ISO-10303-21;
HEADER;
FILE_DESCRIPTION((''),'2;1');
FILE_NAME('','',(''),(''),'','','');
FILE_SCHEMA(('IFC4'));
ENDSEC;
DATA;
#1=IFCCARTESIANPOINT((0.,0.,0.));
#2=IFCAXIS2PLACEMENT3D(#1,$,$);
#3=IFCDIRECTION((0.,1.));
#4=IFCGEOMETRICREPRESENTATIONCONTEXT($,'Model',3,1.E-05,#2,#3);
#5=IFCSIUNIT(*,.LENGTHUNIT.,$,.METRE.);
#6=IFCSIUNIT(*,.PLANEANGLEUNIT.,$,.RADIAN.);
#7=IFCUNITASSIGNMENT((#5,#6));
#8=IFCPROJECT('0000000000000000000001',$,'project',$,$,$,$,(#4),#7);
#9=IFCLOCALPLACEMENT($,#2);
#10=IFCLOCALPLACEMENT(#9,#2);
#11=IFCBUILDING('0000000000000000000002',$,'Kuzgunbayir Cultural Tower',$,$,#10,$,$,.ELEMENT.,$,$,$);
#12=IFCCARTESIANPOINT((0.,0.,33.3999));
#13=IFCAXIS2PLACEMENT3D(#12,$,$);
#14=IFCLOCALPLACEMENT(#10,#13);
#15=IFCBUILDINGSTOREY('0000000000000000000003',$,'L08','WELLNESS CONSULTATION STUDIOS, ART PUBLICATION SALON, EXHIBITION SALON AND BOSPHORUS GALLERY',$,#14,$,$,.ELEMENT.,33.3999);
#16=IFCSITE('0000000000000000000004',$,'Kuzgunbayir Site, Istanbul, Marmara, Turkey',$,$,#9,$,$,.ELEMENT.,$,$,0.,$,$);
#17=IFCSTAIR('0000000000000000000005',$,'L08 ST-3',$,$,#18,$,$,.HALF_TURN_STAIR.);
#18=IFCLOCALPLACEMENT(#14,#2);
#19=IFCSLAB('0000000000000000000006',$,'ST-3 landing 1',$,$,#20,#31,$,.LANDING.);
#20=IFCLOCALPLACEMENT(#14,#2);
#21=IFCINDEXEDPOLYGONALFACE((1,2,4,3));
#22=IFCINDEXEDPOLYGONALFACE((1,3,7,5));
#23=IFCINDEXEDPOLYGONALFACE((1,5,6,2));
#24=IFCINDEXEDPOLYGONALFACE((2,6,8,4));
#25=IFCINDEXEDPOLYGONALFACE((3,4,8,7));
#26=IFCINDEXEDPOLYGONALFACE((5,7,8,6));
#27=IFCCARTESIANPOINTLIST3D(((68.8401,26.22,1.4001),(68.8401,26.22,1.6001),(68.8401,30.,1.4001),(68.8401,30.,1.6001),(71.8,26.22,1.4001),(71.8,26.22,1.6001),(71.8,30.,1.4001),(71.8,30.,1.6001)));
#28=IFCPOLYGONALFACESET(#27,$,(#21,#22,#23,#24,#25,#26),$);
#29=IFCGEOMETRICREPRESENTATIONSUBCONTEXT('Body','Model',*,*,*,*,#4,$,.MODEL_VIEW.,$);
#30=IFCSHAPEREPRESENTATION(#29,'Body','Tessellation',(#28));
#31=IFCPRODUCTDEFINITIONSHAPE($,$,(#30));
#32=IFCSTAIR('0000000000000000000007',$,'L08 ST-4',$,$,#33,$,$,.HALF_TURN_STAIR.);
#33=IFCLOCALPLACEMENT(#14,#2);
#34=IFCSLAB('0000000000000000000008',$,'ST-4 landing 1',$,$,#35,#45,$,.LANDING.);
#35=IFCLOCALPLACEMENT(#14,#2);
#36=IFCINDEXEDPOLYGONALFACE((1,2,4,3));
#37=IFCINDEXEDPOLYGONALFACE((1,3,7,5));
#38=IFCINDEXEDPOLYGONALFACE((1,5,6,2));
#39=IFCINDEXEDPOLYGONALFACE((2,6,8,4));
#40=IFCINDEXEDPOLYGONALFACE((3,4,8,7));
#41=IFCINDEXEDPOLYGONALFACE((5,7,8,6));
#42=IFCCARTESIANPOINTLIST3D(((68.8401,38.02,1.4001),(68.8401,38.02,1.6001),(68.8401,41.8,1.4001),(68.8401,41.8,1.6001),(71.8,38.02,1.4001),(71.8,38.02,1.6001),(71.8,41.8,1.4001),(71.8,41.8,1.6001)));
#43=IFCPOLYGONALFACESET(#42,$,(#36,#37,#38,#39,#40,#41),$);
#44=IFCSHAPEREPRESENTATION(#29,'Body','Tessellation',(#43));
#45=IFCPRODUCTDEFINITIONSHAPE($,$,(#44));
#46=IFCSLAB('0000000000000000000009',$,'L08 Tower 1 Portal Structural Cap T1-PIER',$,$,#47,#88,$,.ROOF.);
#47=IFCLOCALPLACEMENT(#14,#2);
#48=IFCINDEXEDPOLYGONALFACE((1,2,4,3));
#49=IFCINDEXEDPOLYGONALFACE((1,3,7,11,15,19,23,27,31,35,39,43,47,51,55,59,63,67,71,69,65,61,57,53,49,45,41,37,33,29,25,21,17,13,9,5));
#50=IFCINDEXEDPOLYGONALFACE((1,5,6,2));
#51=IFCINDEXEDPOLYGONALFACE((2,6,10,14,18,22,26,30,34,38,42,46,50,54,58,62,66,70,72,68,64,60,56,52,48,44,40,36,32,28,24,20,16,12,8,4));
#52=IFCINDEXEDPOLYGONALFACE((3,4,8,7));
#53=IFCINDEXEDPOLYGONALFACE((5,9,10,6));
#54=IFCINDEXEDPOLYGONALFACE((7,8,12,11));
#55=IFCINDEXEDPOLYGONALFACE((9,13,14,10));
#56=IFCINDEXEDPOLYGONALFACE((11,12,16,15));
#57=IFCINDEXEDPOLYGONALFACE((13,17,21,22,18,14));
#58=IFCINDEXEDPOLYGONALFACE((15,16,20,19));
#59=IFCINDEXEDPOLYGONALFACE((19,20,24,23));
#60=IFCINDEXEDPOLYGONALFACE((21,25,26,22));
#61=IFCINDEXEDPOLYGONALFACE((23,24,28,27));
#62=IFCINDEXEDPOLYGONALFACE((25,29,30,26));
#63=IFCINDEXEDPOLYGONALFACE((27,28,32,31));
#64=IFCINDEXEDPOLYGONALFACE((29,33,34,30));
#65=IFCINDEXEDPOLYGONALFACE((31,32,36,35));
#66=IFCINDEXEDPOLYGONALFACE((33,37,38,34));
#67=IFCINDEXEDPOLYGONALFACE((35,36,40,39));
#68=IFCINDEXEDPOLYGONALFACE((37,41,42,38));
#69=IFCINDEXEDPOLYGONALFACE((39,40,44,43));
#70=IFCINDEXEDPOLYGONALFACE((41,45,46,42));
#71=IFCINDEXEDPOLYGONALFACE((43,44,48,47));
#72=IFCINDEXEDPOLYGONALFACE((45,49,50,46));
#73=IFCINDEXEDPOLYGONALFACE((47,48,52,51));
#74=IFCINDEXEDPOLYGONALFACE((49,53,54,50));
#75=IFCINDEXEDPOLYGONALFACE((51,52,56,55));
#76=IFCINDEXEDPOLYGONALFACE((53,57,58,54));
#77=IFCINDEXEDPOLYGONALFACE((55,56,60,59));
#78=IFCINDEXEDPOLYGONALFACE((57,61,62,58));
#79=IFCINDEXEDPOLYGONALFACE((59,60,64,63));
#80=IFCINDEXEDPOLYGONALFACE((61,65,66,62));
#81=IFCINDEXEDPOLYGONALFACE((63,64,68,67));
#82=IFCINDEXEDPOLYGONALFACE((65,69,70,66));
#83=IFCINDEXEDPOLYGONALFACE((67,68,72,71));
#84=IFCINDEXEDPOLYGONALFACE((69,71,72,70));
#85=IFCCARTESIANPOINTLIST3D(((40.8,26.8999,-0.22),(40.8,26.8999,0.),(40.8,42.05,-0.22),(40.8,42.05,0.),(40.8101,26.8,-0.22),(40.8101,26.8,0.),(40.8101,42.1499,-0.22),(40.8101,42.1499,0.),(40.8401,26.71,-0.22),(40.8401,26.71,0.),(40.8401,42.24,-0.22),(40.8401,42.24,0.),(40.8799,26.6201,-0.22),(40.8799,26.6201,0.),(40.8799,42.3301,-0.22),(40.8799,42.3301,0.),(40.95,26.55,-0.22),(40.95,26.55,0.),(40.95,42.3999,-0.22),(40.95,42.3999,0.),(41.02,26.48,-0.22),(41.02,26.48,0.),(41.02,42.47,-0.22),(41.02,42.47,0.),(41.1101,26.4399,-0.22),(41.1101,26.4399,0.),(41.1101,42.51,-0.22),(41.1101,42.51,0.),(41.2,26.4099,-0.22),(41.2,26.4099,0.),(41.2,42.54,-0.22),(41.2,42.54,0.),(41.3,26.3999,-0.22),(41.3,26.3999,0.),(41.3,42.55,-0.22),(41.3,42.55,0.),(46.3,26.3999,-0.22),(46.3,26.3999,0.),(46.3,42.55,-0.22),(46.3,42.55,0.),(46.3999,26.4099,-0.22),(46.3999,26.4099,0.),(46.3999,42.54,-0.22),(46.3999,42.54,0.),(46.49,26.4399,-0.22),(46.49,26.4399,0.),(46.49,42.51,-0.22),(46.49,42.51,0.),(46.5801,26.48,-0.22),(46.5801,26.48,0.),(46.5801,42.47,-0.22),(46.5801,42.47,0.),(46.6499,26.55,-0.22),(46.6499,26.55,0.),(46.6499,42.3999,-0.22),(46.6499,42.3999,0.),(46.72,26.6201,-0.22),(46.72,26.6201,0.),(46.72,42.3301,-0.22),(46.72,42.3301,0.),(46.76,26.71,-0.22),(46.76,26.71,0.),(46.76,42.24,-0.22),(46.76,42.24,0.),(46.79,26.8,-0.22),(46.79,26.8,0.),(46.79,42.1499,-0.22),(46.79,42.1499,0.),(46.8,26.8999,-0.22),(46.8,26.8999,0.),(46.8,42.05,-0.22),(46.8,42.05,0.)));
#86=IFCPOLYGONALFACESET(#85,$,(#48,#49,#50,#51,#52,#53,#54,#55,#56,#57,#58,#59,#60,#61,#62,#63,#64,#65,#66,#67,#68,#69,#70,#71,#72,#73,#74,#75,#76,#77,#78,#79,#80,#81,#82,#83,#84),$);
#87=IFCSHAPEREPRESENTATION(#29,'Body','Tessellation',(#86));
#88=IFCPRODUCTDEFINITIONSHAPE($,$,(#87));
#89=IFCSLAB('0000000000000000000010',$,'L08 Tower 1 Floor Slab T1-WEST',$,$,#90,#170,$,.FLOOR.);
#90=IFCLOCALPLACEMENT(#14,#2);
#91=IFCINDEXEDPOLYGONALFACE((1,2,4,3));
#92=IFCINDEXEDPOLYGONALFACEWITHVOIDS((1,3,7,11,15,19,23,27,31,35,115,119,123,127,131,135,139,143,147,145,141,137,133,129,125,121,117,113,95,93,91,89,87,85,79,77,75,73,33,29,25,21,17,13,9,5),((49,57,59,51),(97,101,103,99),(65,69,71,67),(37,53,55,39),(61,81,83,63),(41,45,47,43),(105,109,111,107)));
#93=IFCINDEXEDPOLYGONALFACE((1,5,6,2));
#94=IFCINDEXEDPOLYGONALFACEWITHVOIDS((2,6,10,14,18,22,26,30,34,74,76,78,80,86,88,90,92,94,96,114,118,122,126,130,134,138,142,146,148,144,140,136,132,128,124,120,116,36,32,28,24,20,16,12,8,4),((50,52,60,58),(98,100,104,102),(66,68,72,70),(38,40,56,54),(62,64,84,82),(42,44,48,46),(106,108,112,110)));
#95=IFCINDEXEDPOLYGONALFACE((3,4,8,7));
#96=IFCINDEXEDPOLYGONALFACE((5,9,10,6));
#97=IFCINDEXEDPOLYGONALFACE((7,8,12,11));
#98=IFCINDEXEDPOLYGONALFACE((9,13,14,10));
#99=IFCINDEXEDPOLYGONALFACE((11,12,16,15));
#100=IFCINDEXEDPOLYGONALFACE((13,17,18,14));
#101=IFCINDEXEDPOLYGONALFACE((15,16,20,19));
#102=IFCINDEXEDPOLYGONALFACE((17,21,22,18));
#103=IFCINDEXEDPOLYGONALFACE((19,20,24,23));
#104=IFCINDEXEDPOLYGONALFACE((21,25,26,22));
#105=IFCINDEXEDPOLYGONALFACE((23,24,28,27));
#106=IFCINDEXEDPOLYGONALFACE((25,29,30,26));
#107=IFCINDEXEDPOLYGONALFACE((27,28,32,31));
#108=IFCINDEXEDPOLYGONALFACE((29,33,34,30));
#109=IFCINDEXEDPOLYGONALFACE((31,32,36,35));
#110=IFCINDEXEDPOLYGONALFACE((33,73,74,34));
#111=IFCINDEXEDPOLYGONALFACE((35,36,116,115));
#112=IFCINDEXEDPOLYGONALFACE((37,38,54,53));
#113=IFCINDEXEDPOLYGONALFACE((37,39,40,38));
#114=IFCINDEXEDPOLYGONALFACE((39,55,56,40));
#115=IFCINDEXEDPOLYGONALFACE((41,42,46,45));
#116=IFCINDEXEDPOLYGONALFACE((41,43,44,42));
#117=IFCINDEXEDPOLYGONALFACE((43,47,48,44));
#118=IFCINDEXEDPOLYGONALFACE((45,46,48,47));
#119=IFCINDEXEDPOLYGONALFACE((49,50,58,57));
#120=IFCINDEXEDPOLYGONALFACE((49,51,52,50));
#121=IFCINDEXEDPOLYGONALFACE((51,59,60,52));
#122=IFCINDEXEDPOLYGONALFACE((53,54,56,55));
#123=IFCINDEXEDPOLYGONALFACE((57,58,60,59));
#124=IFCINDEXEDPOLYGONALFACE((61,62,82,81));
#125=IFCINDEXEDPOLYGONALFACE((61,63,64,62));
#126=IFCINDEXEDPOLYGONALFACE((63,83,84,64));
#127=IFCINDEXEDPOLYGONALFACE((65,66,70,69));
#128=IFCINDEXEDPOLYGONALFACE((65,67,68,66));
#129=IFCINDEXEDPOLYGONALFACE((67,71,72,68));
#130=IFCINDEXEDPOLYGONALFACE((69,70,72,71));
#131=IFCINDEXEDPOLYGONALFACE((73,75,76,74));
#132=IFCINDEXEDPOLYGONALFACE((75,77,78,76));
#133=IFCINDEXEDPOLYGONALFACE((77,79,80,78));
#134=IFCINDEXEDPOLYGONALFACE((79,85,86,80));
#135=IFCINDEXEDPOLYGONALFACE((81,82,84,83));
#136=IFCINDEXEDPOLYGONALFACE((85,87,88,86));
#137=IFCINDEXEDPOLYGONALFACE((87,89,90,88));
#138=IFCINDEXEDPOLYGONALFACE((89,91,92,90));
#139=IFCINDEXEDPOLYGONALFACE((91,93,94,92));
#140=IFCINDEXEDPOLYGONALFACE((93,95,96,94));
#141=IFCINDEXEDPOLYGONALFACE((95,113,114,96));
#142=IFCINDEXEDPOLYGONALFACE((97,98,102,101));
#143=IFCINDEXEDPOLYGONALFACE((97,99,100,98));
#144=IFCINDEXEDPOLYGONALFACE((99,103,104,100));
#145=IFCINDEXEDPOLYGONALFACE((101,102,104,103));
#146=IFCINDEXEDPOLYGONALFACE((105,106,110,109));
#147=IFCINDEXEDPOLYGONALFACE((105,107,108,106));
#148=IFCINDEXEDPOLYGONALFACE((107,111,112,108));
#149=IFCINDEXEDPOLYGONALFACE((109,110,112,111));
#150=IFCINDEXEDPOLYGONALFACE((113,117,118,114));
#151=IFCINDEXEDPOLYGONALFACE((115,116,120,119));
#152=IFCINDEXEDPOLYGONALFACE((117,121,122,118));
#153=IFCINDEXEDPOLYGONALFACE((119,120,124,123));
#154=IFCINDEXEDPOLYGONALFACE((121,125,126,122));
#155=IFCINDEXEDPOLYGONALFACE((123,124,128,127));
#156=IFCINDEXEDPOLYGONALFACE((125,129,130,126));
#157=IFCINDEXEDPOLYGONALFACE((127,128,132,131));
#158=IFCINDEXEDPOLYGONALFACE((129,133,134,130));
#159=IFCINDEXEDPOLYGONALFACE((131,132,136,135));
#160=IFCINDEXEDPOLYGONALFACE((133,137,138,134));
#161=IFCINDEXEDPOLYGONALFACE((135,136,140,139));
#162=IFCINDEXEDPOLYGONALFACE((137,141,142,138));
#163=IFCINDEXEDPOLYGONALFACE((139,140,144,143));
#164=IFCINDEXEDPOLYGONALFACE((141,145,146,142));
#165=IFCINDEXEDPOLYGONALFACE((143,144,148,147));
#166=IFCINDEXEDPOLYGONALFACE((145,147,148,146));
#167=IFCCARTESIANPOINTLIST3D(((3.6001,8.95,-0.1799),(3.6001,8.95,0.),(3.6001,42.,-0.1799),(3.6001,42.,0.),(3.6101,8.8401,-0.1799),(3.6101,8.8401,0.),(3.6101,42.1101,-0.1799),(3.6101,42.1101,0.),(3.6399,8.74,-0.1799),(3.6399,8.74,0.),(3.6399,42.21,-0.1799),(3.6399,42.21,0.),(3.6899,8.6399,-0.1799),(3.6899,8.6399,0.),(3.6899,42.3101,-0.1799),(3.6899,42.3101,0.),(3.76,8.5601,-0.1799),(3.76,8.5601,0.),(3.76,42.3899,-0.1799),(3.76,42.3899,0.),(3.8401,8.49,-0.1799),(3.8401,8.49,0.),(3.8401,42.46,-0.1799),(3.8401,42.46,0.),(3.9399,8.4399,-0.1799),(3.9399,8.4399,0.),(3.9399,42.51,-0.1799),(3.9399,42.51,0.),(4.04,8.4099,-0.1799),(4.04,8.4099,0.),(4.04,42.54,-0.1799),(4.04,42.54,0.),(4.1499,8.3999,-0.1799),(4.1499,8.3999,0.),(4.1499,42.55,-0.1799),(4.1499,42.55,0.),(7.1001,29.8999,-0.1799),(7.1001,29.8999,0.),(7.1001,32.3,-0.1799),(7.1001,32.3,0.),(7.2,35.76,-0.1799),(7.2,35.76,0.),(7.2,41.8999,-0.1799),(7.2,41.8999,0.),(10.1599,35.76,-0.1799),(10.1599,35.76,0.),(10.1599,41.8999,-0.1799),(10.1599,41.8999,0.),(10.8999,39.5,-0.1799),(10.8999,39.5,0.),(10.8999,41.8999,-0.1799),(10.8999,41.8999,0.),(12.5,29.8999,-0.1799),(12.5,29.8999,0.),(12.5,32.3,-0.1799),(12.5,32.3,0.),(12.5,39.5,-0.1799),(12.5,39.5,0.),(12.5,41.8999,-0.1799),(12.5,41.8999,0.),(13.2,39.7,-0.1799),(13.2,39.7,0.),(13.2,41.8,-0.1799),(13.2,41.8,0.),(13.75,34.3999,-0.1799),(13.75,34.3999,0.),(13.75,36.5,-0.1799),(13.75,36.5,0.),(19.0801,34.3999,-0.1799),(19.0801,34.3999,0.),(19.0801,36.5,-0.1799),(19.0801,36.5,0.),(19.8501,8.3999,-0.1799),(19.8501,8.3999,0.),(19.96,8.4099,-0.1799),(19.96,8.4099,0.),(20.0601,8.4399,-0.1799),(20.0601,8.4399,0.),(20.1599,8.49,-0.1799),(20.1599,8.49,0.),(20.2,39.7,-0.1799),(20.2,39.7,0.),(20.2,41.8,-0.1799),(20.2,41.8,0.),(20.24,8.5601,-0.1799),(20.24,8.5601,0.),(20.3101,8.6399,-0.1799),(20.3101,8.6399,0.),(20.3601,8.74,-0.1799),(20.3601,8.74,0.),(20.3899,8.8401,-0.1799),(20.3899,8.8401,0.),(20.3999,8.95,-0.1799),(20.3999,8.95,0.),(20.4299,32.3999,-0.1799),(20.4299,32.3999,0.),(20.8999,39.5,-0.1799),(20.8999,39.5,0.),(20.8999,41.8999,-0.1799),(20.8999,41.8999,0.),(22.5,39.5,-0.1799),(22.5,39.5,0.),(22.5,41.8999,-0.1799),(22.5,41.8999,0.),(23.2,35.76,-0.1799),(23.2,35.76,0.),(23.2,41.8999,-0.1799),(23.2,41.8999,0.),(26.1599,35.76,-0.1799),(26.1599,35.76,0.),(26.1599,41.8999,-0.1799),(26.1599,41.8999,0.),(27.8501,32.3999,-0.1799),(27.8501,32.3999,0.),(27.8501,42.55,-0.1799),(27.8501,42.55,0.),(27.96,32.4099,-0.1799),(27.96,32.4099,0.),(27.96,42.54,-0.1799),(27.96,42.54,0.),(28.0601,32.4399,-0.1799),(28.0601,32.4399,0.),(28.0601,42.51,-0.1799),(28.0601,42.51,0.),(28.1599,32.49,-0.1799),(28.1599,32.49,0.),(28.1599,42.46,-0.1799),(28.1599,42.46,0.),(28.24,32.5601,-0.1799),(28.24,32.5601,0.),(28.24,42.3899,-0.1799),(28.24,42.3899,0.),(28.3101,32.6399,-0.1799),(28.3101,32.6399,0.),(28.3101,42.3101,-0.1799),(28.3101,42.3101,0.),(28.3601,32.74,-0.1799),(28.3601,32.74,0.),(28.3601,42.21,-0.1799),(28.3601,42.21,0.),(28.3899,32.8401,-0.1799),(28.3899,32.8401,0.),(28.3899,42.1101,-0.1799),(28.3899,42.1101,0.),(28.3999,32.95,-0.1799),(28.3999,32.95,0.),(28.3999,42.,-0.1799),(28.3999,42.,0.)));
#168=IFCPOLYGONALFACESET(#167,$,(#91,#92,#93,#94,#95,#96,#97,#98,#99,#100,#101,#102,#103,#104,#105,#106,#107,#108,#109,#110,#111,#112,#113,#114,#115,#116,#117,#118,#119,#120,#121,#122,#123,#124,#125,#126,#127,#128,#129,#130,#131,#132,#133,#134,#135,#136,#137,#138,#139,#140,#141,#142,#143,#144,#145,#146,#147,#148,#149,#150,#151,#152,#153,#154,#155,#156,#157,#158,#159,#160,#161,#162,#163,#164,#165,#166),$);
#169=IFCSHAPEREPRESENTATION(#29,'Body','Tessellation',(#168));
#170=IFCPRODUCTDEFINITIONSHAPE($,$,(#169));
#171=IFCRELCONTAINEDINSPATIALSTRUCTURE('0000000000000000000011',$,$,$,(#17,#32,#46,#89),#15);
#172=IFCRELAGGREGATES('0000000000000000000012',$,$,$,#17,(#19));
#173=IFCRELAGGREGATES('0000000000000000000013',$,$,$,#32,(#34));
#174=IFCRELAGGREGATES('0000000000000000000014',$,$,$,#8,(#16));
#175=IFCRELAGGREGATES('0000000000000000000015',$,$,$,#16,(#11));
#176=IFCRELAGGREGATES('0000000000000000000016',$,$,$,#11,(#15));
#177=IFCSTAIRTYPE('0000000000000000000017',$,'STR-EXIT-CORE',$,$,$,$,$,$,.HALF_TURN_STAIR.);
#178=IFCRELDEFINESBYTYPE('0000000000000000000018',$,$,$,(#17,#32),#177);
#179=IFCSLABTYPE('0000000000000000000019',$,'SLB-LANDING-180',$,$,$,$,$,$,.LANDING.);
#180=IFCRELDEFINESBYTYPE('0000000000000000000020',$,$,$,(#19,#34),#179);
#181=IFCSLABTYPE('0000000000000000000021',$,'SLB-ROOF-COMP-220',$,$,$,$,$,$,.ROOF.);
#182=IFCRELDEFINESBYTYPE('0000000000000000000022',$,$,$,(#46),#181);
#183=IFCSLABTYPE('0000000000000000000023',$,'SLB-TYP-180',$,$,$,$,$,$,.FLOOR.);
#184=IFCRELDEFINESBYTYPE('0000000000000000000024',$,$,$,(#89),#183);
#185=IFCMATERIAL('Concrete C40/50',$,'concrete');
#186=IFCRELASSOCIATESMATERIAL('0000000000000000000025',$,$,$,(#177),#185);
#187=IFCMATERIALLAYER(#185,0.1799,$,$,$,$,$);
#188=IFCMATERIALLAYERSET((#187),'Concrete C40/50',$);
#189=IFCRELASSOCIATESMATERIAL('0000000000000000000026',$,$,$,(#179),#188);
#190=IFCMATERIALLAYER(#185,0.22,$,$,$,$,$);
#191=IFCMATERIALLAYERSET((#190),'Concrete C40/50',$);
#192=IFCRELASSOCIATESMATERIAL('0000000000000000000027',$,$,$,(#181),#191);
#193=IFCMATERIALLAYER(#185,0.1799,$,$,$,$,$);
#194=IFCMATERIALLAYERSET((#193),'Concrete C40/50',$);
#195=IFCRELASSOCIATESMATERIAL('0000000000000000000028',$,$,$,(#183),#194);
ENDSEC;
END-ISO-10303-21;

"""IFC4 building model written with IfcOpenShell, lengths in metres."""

from ifc_helpers import new_model, si_unit, direction, frame, origin, place, context, subcontext, project, spatial, polyline, outline, extrude, material, layer, layer_set, type_object, element, aggregate, save


model = new_model("IFC4")

# Units and contexts
model_context = context("Model", 3, precision=1e-05, world=origin(), true_north=direction((0.0, 1.0)))
body_context = subcontext(model_context, "Body", "Model", "MODEL_VIEW")
ifc_project = project(units=[si_unit("LENGTHUNIT", "METRE"), si_unit("PLANEANGLEUNIT", "RADIAN")], contexts=[model_context])

# Site, building, storey
site_placement = place(None, origin())
site = spatial("IfcSite", under=ifc_project, at=site_placement, Name="Kuzgunbayir Site, Istanbul, Marmara, Turkey", CompositionType="ELEMENT", RefElevation=0.0)
building_placement = place(site_placement, origin())
building = spatial("IfcBuilding", under=site, at=building_placement, Name="Kuzgunbayir Cultural Tower", CompositionType="ELEMENT")
storey_placement = place(building_placement, frame((0.0, 0.0, 33.3999)))
storey = spatial("IfcBuildingStorey", under=building, at=storey_placement, Name="L08", Description="WELLNESS CONSULTATION STUDIOS, ART PUBLICATION SALON, EXHIBITION SALON AND BOSPHORUS GALLERY", CompositionType="ELEMENT", Elevation=33.3999)

# Stairs, slabs
ifc_material_1 = material(Name="Concrete C40/50", Category="concrete")
stair_type = type_object("IfcStairType", Name="STR-EXIT-CORE", PredefinedType="HALF_TURN_STAIR", material=ifc_material_1)
ifc_layer_1 = layer(ifc_material_1, 0.1799)
ifc_layer_set_1 = layer_set([ifc_layer_1], Name="Concrete C40/50")
slab_type_1 = type_object("IfcSlabType", Name="SLB-LANDING-180", PredefinedType="LANDING", material=ifc_layer_set_1)
stair_1_placement = place(storey_placement, origin())
stair_1 = element("IfcStair", 1, at=stair_1_placement, inside=storey, type_object=stair_type, Name="L08 ST-3", PredefinedType="HALF_TURN_STAIR")
slab_1_placement = place(storey_placement, frame((0.0, 0.0, 1.4001)))
slab_1 = element("IfcSlab", 2, at=slab_1_placement, type_object=slab_type_1, Name="ST-3 landing 1", PredefinedType="LANDING", context=body_context, shape_type="SweptSolid", body=[
    extrude(outline(polyline([(71.8, 26.22), (71.8, 30.0), (68.8401, 30.0), (68.8401, 26.22), (71.8, 26.22)])), origin(), (0.0, 0.0, 1.0), 0.2),
])
aggregate(stair_1, [slab_1])
stair_2_placement = place(storey_placement, origin())
stair_2 = element("IfcStair", 3, at=stair_2_placement, inside=storey, type_object=stair_type, Name="L08 ST-4", PredefinedType="HALF_TURN_STAIR")
slab_2_placement = place(storey_placement, frame((0.0, 0.0, 1.4001)))
slab_2 = element("IfcSlab", 4, at=slab_2_placement, type_object=slab_type_1, Name="ST-4 landing 1", PredefinedType="LANDING", context=body_context, shape_type="SweptSolid", body=[
    extrude(outline(polyline([(71.8, 38.02), (71.8, 41.8), (68.8401, 41.8), (68.8401, 38.02), (71.8, 38.02)])), origin(), (0.0, 0.0, 1.0), 0.2),
])
aggregate(stair_2, [slab_2])

# Slabs
ifc_layer_2 = layer(ifc_material_1, 0.22)
ifc_layer_set_2 = layer_set([ifc_layer_2], Name="Concrete C40/50")
slab_type_2 = type_object("IfcSlabType", Name="SLB-ROOF-COMP-220", PredefinedType="ROOF", material=ifc_layer_set_2)
slab_3_placement = place(storey_placement, frame((0.0, 0.0, -0.22)))
element("IfcSlab", 5, at=slab_3_placement, inside=storey, type_object=slab_type_2, Name="L08 Tower 1 Portal Structural Cap T1-PIER", PredefinedType="ROOF", context=body_context, shape_type="SweptSolid", body=[
    extrude(outline(polyline([(46.3, 26.3999), (46.3999, 26.4099), (46.49, 26.4399), (46.5801, 26.48), (46.6499, 26.55), (46.72, 26.6201), (46.76, 26.71), (46.79, 26.8), (46.8, 26.8999), (46.8, 42.05), (46.79, 42.1499), (46.76, 42.24), (46.72, 42.3301), (46.6499, 42.3999), (46.5801, 42.47), (46.49, 42.51), (46.3999, 42.54), (46.3, 42.55), (41.3, 42.55), (41.2, 42.54), (41.1101, 42.51), (41.02, 42.47), (40.95, 42.3999), (40.8799, 42.3301), (40.8401, 42.24), (40.8101, 42.1499), (40.8, 42.05), (40.8, 26.8999), (40.8101, 26.8), (40.8401, 26.71), (40.8799, 26.6201), (40.95, 26.55), (41.02, 26.48), (41.1101, 26.4399), (41.2, 26.4099), (41.3, 26.3999), (46.3, 26.3999)])), origin(), (0.0, 0.0, 1.0), 0.22),
])
ifc_layer_3 = layer(ifc_material_1, 0.1799)
ifc_layer_set_3 = layer_set([ifc_layer_3], Name="Concrete C40/50")
slab_type_3 = type_object("IfcSlabType", Name="SLB-TYP-180", PredefinedType="FLOOR", material=ifc_layer_set_3)
slab_4_placement = place(storey_placement, frame((0.0, 0.0, -0.1799)))
element("IfcSlab", 6, at=slab_4_placement, inside=storey, type_object=slab_type_3, Name="L08 Tower 1 Floor Slab T1-WEST", PredefinedType="FLOOR", context=body_context, shape_type="SweptSolid", body=[
    extrude(outline(polyline([(20.3999, 8.95), (20.3899, 8.8401), (20.3601, 8.74), (20.3101, 8.6399), (20.24, 8.5601), (20.1599, 8.49), (20.0601, 8.4399), (19.96, 8.4099), (19.8501, 8.3999), (4.1499, 8.3999), (4.04, 8.4099), (3.9399, 8.4399), (3.8401, 8.49), (3.76, 8.5601), (3.6899, 8.6399), (3.6399, 8.74), (3.6101, 8.8401), (3.6001, 8.95), (3.6001, 42.0), (3.6101, 42.1101), (3.6399, 42.21), (3.6899, 42.3101), (3.76, 42.3899), (3.8401, 42.46), (3.9399, 42.51), (4.04, 42.54), (4.1499, 42.55), (27.8501, 42.55), (27.96, 42.54), (28.0601, 42.51), (28.1599, 42.46), (28.24, 42.3899), (28.3101, 42.3101), (28.3601, 42.21), (28.3899, 42.1101), (28.3999, 42.0), (28.3999, 32.95), (28.3899, 32.8401), (28.3601, 32.74), (28.3101, 32.6399), (28.24, 32.5601), (28.1599, 32.49), (28.0601, 32.4399), (27.96, 32.4099), (27.8501, 32.3999), (20.4299, 32.3999), (20.3999, 8.95)]), holes=[polyline([(7.2, 35.76), (7.2, 41.8999), (10.1599, 41.8999), (10.1599, 35.76), (7.2, 35.76)]), polyline([(23.2, 35.76), (23.2, 41.8999), (26.1599, 41.8999), (26.1599, 35.76), (23.2, 35.76)]), polyline([(13.2, 39.7), (13.2, 41.8), (20.2, 41.8), (20.2, 39.7), (13.2, 39.7)]), polyline([(13.75, 34.3999), (13.75, 36.5), (19.0801, 36.5), (19.0801, 34.3999), (13.75, 34.3999)]), polyline([(7.1001, 29.8999), (7.1001, 32.3), (12.5, 32.3), (12.5, 29.8999), (7.1001, 29.8999)]), polyline([(10.8999, 39.5), (10.8999, 41.8999), (12.5, 41.8999), (12.5, 39.5), (10.8999, 39.5)]), polyline([(20.8999, 39.5), (20.8999, 41.8999), (22.5, 41.8999), (22.5, 39.5), (20.8999, 39.5)])]), origin(), (0.0, 0.0, 1.0), 0.1799),
])

save(model, "model.ifc")
